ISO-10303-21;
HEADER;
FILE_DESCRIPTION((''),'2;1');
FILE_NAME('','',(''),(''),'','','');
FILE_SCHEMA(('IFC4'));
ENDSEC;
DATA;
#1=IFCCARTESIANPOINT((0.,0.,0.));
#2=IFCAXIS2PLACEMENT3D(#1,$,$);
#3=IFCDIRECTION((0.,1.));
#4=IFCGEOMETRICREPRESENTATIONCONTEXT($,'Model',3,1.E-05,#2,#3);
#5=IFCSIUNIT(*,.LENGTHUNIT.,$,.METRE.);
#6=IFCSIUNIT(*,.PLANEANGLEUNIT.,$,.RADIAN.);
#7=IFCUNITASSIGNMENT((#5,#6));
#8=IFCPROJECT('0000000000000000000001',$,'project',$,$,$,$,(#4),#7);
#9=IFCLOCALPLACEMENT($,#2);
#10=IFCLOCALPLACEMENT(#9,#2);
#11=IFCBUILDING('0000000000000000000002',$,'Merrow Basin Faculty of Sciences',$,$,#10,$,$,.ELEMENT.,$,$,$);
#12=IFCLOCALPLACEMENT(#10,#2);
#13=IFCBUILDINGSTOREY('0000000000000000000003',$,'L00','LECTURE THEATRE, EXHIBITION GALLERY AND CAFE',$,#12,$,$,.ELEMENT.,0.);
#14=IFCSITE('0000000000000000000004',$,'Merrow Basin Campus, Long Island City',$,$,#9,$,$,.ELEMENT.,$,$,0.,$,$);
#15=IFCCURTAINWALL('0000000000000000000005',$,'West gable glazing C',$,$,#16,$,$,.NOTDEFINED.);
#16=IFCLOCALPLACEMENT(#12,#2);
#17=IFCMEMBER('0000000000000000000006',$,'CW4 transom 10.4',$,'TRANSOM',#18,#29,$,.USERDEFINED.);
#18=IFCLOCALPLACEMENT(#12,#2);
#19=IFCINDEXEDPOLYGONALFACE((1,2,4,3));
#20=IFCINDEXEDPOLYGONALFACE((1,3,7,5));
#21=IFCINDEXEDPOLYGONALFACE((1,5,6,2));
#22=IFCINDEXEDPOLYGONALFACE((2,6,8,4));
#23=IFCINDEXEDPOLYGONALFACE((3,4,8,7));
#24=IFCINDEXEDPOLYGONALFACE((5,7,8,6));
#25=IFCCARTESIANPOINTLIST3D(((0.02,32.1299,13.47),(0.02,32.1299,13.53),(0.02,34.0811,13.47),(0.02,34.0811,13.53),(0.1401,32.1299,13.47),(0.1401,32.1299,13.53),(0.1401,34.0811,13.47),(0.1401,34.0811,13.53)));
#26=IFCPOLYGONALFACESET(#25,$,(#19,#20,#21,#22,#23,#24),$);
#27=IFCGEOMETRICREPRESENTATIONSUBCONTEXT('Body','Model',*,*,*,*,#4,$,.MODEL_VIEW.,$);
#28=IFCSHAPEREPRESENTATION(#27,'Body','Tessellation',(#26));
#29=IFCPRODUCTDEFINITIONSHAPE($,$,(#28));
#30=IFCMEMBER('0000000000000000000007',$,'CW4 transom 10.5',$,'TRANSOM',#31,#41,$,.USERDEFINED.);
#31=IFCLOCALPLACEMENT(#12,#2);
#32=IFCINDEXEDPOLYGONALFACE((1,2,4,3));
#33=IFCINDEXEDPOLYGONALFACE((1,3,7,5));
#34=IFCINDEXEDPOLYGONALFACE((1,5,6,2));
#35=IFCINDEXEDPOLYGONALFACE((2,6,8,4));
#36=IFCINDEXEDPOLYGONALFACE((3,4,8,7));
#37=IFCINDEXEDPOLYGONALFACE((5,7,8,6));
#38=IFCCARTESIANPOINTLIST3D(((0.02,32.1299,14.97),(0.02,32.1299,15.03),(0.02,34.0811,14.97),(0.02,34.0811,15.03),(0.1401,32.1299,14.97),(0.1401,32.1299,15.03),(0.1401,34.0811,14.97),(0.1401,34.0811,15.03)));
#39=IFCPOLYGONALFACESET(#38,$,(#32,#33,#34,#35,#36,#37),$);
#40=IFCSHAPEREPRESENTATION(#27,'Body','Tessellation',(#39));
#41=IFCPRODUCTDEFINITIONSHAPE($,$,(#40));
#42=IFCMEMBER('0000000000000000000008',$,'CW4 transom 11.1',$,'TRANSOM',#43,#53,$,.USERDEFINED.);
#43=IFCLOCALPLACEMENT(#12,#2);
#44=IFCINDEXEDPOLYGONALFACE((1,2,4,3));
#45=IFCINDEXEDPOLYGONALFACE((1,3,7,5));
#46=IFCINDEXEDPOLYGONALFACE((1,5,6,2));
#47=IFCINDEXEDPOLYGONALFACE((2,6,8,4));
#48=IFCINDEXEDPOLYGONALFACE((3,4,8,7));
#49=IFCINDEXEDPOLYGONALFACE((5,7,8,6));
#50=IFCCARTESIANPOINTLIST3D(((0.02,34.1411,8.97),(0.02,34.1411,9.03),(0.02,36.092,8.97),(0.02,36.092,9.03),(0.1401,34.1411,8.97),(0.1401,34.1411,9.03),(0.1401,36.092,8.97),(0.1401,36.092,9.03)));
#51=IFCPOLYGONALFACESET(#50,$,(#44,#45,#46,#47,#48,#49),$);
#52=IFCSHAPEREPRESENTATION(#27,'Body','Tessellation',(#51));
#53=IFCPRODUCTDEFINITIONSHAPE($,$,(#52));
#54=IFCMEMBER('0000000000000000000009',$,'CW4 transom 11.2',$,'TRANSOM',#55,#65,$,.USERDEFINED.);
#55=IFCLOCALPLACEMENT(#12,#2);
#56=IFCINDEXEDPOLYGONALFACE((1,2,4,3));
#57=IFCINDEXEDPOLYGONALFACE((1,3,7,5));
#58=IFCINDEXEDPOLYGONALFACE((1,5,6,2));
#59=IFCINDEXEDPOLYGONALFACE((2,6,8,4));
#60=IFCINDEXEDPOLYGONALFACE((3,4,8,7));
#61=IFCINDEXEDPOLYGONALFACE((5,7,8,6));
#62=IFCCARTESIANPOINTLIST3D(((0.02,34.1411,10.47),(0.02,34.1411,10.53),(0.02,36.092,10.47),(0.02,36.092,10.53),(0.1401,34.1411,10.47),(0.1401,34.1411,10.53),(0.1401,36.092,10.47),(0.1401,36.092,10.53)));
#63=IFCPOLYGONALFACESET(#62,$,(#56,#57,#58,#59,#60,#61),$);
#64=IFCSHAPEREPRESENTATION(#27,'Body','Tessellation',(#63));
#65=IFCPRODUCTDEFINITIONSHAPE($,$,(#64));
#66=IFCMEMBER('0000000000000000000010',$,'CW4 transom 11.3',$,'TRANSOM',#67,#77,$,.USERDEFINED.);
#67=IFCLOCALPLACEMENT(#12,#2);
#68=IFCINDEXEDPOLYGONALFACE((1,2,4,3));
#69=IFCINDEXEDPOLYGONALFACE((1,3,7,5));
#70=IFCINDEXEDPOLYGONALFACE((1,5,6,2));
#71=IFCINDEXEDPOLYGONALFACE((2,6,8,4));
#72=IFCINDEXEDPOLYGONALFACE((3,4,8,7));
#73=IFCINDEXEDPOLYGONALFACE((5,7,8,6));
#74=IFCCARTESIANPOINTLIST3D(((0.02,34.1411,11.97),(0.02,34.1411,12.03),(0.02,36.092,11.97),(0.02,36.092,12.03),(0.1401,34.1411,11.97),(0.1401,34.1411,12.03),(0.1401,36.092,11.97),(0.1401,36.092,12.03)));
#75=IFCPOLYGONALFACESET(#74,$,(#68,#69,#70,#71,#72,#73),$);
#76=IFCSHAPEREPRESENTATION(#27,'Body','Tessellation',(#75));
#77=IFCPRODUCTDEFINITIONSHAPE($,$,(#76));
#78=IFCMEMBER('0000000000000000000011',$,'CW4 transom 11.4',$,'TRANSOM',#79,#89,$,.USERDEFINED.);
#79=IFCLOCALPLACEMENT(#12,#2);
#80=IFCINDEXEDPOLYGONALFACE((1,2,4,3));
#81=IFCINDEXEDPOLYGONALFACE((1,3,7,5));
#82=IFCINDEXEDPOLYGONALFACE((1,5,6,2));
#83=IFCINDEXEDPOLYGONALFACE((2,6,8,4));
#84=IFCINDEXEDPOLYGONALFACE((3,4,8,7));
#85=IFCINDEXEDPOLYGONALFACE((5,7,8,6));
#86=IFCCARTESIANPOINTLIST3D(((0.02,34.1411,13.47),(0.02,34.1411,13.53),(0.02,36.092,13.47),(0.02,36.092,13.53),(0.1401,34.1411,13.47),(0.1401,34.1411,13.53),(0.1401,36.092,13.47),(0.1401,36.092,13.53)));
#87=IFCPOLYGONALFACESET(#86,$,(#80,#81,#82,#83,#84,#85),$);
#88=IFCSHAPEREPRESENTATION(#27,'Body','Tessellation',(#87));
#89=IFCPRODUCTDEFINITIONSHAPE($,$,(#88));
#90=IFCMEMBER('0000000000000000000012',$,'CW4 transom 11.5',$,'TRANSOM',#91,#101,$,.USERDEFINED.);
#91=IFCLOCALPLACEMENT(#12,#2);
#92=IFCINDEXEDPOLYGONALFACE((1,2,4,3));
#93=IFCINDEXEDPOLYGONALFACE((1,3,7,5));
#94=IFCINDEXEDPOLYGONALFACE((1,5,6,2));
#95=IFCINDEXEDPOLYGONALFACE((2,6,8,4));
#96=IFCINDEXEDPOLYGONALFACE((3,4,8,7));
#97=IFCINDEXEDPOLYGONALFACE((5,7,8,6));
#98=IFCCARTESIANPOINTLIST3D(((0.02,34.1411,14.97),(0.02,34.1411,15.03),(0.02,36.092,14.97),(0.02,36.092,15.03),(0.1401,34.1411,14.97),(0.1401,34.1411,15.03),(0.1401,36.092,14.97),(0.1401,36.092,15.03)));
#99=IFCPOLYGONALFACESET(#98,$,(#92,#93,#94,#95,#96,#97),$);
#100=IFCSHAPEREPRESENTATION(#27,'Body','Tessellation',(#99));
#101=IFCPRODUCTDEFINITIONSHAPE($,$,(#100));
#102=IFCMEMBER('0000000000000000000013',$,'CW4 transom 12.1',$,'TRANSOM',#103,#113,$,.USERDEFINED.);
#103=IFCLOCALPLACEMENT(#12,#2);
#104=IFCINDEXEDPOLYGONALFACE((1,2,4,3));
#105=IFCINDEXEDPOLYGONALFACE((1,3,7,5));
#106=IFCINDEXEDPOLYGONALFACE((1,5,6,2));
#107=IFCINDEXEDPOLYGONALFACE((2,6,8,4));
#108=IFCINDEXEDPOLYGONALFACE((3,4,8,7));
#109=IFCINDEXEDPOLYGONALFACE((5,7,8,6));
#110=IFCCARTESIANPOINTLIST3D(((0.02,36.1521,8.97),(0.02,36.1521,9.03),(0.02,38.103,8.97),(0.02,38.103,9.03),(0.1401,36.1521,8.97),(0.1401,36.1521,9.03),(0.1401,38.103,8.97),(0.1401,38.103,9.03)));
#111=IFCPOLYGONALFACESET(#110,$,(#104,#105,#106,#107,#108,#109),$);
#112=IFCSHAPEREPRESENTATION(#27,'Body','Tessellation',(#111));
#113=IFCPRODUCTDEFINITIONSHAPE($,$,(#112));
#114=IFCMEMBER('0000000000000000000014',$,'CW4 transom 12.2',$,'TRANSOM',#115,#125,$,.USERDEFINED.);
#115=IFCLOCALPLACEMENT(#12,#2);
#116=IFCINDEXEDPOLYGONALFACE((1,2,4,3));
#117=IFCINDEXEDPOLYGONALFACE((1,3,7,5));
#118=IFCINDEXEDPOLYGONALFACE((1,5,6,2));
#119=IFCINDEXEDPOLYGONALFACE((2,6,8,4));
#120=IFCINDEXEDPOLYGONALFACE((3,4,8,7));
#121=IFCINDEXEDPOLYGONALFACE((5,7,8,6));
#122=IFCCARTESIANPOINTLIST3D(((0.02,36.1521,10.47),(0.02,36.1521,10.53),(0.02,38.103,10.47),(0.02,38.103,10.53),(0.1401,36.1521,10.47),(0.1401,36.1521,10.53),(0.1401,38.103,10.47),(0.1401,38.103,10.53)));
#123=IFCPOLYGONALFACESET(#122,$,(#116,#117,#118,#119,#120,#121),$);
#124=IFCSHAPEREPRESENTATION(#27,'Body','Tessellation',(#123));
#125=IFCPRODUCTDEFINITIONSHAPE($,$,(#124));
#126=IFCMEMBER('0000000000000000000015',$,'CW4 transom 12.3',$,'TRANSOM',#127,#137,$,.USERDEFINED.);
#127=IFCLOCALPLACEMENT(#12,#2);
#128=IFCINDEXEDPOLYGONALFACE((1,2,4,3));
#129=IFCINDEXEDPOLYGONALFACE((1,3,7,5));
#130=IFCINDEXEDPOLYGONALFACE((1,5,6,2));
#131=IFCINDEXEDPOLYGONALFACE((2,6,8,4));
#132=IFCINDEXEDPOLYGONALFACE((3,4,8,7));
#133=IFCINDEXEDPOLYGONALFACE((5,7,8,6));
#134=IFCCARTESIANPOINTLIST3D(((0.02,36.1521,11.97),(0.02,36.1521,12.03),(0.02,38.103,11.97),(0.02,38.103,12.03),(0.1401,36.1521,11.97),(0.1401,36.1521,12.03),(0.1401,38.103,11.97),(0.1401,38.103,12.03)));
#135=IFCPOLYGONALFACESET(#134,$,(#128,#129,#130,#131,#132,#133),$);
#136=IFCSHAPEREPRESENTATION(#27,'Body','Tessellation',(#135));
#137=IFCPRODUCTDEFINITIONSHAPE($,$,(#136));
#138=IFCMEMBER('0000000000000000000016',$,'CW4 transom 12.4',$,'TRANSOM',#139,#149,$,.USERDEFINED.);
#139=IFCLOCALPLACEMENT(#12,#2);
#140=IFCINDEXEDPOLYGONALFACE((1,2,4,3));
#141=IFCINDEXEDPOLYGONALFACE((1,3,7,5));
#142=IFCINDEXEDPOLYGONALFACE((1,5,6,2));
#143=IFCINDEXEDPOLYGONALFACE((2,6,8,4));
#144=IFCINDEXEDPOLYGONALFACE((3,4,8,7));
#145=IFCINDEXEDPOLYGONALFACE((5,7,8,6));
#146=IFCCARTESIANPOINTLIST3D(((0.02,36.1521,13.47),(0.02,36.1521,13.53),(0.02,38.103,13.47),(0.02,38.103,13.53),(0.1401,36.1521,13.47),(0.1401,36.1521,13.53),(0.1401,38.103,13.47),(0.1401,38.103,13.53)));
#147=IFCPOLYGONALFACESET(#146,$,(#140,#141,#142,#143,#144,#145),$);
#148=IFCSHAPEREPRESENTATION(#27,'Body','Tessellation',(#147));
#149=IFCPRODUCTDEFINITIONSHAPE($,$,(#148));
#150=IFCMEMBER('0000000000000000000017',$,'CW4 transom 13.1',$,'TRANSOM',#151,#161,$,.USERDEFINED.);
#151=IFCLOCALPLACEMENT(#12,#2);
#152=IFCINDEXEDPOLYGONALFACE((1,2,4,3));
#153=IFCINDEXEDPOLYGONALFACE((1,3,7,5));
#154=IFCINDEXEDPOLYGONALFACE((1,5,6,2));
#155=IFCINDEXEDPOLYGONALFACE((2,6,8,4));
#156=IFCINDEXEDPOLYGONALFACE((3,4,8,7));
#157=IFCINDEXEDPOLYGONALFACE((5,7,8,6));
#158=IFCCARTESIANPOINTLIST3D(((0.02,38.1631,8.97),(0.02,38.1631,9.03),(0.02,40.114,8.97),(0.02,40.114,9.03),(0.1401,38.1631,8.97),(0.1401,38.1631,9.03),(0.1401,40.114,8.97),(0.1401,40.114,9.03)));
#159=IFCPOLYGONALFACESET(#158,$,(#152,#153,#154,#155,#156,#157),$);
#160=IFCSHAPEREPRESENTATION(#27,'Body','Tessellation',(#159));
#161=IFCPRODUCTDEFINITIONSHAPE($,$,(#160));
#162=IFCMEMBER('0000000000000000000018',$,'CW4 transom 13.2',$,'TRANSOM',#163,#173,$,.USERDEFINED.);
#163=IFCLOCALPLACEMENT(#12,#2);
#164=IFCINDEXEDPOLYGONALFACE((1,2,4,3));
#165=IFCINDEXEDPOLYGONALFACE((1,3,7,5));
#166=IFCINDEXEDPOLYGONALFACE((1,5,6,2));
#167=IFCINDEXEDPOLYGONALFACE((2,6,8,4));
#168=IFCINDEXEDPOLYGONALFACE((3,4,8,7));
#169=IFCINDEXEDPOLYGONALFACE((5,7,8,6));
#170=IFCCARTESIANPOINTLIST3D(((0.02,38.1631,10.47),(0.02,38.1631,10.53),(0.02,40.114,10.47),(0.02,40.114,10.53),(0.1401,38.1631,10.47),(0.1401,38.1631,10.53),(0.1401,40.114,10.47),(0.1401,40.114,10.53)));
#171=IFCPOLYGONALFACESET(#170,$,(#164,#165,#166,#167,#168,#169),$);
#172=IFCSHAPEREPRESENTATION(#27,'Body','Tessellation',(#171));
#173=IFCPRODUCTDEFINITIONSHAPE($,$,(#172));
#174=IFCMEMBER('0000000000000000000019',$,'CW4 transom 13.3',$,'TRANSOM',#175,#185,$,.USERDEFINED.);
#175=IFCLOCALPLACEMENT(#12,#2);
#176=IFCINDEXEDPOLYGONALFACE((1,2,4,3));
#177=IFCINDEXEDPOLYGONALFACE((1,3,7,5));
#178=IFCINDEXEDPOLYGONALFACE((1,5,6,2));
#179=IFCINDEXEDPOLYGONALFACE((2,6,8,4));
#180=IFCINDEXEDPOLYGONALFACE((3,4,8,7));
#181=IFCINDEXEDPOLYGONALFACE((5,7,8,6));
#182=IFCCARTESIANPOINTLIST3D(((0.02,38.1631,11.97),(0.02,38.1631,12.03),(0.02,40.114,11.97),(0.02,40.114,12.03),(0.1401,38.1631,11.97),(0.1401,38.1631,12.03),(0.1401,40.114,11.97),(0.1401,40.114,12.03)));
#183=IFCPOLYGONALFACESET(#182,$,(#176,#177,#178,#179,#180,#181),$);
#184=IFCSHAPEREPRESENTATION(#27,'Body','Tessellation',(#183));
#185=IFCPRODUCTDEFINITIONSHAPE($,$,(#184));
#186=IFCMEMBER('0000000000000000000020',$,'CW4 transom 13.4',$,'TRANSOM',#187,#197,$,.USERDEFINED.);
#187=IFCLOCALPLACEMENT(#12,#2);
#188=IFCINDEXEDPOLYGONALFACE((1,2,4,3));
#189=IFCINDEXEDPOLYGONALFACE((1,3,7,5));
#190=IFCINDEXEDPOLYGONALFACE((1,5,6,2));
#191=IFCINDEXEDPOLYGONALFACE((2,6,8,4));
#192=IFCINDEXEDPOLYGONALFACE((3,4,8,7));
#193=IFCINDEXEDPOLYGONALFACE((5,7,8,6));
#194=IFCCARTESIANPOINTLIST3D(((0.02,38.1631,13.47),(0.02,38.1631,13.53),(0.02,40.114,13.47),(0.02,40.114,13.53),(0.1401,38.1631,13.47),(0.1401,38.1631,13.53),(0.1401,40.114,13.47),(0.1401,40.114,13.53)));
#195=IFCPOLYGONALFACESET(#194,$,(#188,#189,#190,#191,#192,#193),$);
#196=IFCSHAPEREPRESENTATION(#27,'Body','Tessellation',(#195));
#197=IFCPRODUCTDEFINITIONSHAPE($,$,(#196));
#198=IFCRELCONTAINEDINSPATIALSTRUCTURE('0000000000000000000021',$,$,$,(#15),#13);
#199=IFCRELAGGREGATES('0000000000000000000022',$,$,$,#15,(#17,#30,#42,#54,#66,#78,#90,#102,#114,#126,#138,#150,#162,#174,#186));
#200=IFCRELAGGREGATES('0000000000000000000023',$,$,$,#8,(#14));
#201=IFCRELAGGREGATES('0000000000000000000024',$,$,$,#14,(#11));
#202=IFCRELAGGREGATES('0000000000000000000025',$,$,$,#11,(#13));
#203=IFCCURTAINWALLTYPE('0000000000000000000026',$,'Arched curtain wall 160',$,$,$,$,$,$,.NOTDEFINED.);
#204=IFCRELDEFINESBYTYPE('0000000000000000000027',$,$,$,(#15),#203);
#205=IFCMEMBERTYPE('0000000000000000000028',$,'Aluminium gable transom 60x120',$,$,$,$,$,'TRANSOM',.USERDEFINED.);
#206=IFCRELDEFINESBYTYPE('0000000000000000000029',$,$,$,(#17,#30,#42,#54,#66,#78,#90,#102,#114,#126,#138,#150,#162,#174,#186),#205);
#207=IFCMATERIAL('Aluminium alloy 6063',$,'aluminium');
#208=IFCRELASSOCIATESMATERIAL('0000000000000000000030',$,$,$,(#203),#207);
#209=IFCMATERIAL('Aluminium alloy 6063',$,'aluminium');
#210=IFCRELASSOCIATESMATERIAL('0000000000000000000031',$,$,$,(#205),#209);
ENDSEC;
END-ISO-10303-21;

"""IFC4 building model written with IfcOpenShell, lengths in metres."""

from ifc_helpers import new_model, si_unit, direction, frame, origin, origin_2d, place, context, subcontext, project, spatial, rectangle, extrude, material, material_profile, profile_set, type_object, element, aggregate, save


model = new_model("IFC4")

# Units and contexts
model_context = context("Model", 3, precision=1e-05, world=origin(), true_north=direction((0.0, 1.0)))
body_context = subcontext(model_context, "Body", "Model", "MODEL_VIEW")
ifc_project = project(units=[si_unit("LENGTHUNIT", "METRE"), si_unit("PLANEANGLEUNIT", "RADIAN")], contexts=[model_context])

# Site, building, storey
site_placement = place(None, origin())
site = spatial("IfcSite", under=ifc_project, at=site_placement, Name="Merrow Basin Campus, Long Island City", CompositionType="ELEMENT", RefElevation=0.0)
building_placement = place(site_placement, origin())
building = spatial("IfcBuilding", under=site, at=building_placement, Name="Merrow Basin Faculty of Sciences", CompositionType="ELEMENT")
storey_placement = place(building_placement, origin())
storey = spatial("IfcBuildingStorey", under=building, at=storey_placement, Name="L00", Description="LECTURE THEATRE, EXHIBITION GALLERY AND CAFE", CompositionType="ELEMENT", Elevation=0.0)

# Curtain wall, members
ifc_material_1 = material(Name="Aluminium alloy 6063", Category="aluminium")
curtain_wall_type = type_object("IfcCurtainWallType", Name="Arched curtain wall 160", PredefinedType="NOTDEFINED", material=ifc_material_1)
curtain_wall_placement = place(storey_placement, origin())
curtain_wall = element("IfcCurtainWall", 1, at=curtain_wall_placement, inside=storey, type_object=curtain_wall_type, Name="West gable glazing C", PredefinedType="NOTDEFINED")
ifc_material_2 = material(Name="Aluminium alloy 6063", Category="aluminium")
ifc_material_profile_1 = material_profile(ifc_material_2, rectangle(XDim=0.1201, YDim=0.0601, at=origin_2d()))
ifc_profile_set_1 = profile_set([ifc_material_profile_1], Name="Aluminium alloy 6063")
member_type_1 = type_object("IfcMemberType", Name="Aluminium gable transom 60x120", ElementType="TRANSOM", PredefinedType="USERDEFINED", material=ifc_profile_set_1)
member_1_placement = place(storey_placement, frame((0.0801, 32.1299, 13.5), z_axis=(0.0, 1.0, 0.0), x_axis=(-1.0, 0.0, 0.0)))
member_1 = element("IfcMember", 2, at=member_1_placement, type_object=member_type_1, Name="CW4 transom 10.4", ObjectType="TRANSOM", PredefinedType="USERDEFINED", context=body_context, shape_type="SweptSolid", body=[
    extrude(rectangle(XDim=0.1201, YDim=0.0601, at=origin_2d()), origin(), (0.0, 0.0, 1.0), 1.9512),
])
member_2_placement = place(storey_placement, frame((0.0801, 32.1299, 15.0), z_axis=(0.0, 1.0, 0.0), x_axis=(-1.0, 0.0, 0.0)))
member_2 = element("IfcMember", 3, at=member_2_placement, type_object=member_type_1, Name="CW4 transom 10.5", ObjectType="TRANSOM", PredefinedType="USERDEFINED", context=body_context, shape_type="SweptSolid", body=[
    extrude(rectangle(XDim=0.1201, YDim=0.0601, at=origin_2d()), origin(), (0.0, 0.0, 1.0), 1.9512),
])
member_3_placement = place(storey_placement, frame((0.0801, 34.1411, 9.0), z_axis=(0.0, 1.0, 0.0), x_axis=(-1.0, 0.0, 0.0)))
member_3 = element("IfcMember", 4, at=member_3_placement, type_object=member_type_1, Name="CW4 transom 11.1", ObjectType="TRANSOM", PredefinedType="USERDEFINED", context=body_context, shape_type="SweptSolid", body=[
    extrude(rectangle(XDim=0.1201, YDim=0.0601, at=origin_2d()), origin(), (0.0, 0.0, 1.0), 1.9509),
])
member_4_placement = place(storey_placement, frame((0.0801, 34.1411, 10.5), z_axis=(0.0, 1.0, 0.0), x_axis=(-1.0, 0.0, 0.0)))
member_4 = element("IfcMember", 5, at=member_4_placement, type_object=member_type_1, Name="CW4 transom 11.2", ObjectType="TRANSOM", PredefinedType="USERDEFINED", context=body_context, shape_type="SweptSolid", body=[
    extrude(rectangle(XDim=0.1201, YDim=0.0601, at=origin_2d()), origin(), (0.0, 0.0, 1.0), 1.9509),
])
member_5_placement = place(storey_placement, frame((0.0801, 34.1411, 12.0), z_axis=(0.0, 1.0, 0.0), x_axis=(-1.0, 0.0, 0.0)))
member_5 = element("IfcMember", 6, at=member_5_placement, type_object=member_type_1, Name="CW4 transom 11.3", ObjectType="TRANSOM", PredefinedType="USERDEFINED", context=body_context, shape_type="SweptSolid", body=[
    extrude(rectangle(XDim=0.1201, YDim=0.0601, at=origin_2d()), origin(), (0.0, 0.0, 1.0), 1.9509),
])
member_6_placement = place(storey_placement, frame((0.0801, 34.1411, 13.5), z_axis=(0.0, 1.0, 0.0), x_axis=(-1.0, 0.0, 0.0)))
member_6 = element("IfcMember", 7, at=member_6_placement, type_object=member_type_1, Name="CW4 transom 11.4", ObjectType="TRANSOM", PredefinedType="USERDEFINED", context=body_context, shape_type="SweptSolid", body=[
    extrude(rectangle(XDim=0.1201, YDim=0.0601, at=origin_2d()), origin(), (0.0, 0.0, 1.0), 1.9509),
])
member_7_placement = place(storey_placement, frame((0.0801, 34.1411, 15.0), z_axis=(0.0, 1.0, 0.0), x_axis=(-1.0, 0.0, 0.0)))
member_7 = element("IfcMember", 8, at=member_7_placement, type_object=member_type_1, Name="CW4 transom 11.5", ObjectType="TRANSOM", PredefinedType="USERDEFINED", context=body_context, shape_type="SweptSolid", body=[
    extrude(rectangle(XDim=0.1201, YDim=0.0601, at=origin_2d()), origin(), (0.0, 0.0, 1.0), 1.9509),
])
member_8_placement = place(storey_placement, frame((0.0801, 36.1521, 9.0), z_axis=(0.0, 1.0, 0.0), x_axis=(-1.0, 0.0, 0.0)))
member_8 = element("IfcMember", 9, at=member_8_placement, type_object=member_type_1, Name="CW4 transom 12.1", ObjectType="TRANSOM", PredefinedType="USERDEFINED", context=body_context, shape_type="SweptSolid", body=[
    extrude(rectangle(XDim=0.1201, YDim=0.0601, at=origin_2d()), origin(), (0.0, 0.0, 1.0), 1.9509),
])
member_9_placement = place(storey_placement, frame((0.0801, 36.1521, 10.5), z_axis=(0.0, 1.0, 0.0), x_axis=(-1.0, 0.0, 0.0)))
member_9 = element("IfcMember", 10, at=member_9_placement, type_object=member_type_1, Name="CW4 transom 12.2", ObjectType="TRANSOM", PredefinedType="USERDEFINED", context=body_context, shape_type="SweptSolid", body=[
    extrude(rectangle(XDim=0.1201, YDim=0.0601, at=origin_2d()), origin(), (0.0, 0.0, 1.0), 1.9509),
])
member_10_placement = place(storey_placement, frame((0.0801, 36.1521, 12.0), z_axis=(0.0, 1.0, 0.0), x_axis=(-1.0, 0.0, 0.0)))
member_10 = element("IfcMember", 11, at=member_10_placement, type_object=member_type_1, Name="CW4 transom 12.3", ObjectType="TRANSOM", PredefinedType="USERDEFINED", context=body_context, shape_type="SweptSolid", body=[
    extrude(rectangle(XDim=0.1201, YDim=0.0601, at=origin_2d()), origin(), (0.0, 0.0, 1.0), 1.9509),
])
member_11_placement = place(storey_placement, frame((0.0801, 36.1521, 13.5), z_axis=(0.0, 1.0, 0.0), x_axis=(-1.0, 0.0, 0.0)))
member_11 = element("IfcMember", 12, at=member_11_placement, type_object=member_type_1, Name="CW4 transom 12.4", ObjectType="TRANSOM", PredefinedType="USERDEFINED", context=body_context, shape_type="SweptSolid", body=[
    extrude(rectangle(XDim=0.1201, YDim=0.0601, at=origin_2d()), origin(), (0.0, 0.0, 1.0), 1.9509),
])
member_12_placement = place(storey_placement, frame((0.0801, 38.1631, 9.0), z_axis=(0.0, 1.0, 0.0), x_axis=(-1.0, 0.0, 0.0)))
member_12 = element("IfcMember", 13, at=member_12_placement, type_object=member_type_1, Name="CW4 transom 13.1", ObjectType="TRANSOM", PredefinedType="USERDEFINED", context=body_context, shape_type="SweptSolid", body=[
    extrude(rectangle(XDim=0.1201, YDim=0.0601, at=origin_2d()), origin(), (0.0, 0.0, 1.0), 1.9509),
])
member_13_placement = place(storey_placement, frame((0.0801, 38.1631, 10.5), z_axis=(0.0, 1.0, 0.0), x_axis=(-1.0, 0.0, 0.0)))
member_13 = element("IfcMember", 14, at=member_13_placement, type_object=member_type_1, Name="CW4 transom 13.2", ObjectType="TRANSOM", PredefinedType="USERDEFINED", context=body_context, shape_type="SweptSolid", body=[
    extrude(rectangle(XDim=0.1201, YDim=0.0601, at=origin_2d()), origin(), (0.0, 0.0, 1.0), 1.9509),
])
member_14_placement = place(storey_placement, frame((0.0801, 38.1631, 12.0), z_axis=(0.0, 1.0, 0.0), x_axis=(-1.0, 0.0, 0.0)))
member_14 = element("IfcMember", 15, at=member_14_placement, type_object=member_type_1, Name="CW4 transom 13.3", ObjectType="TRANSOM", PredefinedType="USERDEFINED", context=body_context, shape_type="SweptSolid", body=[
    extrude(rectangle(XDim=0.1201, YDim=0.0601, at=origin_2d()), origin(), (0.0, 0.0, 1.0), 1.9509),
])
member_15_placement = place(storey_placement, frame((0.0801, 38.1631, 13.5), z_axis=(0.0, 1.0, 0.0), x_axis=(-1.0, 0.0, 0.0)))
member_15 = element("IfcMember", 16, at=member_15_placement, type_object=member_type_1, Name="CW4 transom 13.4", ObjectType="TRANSOM", PredefinedType="USERDEFINED", context=body_context, shape_type="SweptSolid", body=[
    extrude(rectangle(XDim=0.1201, YDim=0.0601, at=origin_2d()), origin(), (0.0, 0.0, 1.0), 1.9509),
])
aggregate(curtain_wall, [member_1, member_2, member_3, member_4, member_5, member_6, member_7, member_8, member_9, member_10, member_11, member_12, member_13, member_14, member_15])

save(model, "model.ifc")
